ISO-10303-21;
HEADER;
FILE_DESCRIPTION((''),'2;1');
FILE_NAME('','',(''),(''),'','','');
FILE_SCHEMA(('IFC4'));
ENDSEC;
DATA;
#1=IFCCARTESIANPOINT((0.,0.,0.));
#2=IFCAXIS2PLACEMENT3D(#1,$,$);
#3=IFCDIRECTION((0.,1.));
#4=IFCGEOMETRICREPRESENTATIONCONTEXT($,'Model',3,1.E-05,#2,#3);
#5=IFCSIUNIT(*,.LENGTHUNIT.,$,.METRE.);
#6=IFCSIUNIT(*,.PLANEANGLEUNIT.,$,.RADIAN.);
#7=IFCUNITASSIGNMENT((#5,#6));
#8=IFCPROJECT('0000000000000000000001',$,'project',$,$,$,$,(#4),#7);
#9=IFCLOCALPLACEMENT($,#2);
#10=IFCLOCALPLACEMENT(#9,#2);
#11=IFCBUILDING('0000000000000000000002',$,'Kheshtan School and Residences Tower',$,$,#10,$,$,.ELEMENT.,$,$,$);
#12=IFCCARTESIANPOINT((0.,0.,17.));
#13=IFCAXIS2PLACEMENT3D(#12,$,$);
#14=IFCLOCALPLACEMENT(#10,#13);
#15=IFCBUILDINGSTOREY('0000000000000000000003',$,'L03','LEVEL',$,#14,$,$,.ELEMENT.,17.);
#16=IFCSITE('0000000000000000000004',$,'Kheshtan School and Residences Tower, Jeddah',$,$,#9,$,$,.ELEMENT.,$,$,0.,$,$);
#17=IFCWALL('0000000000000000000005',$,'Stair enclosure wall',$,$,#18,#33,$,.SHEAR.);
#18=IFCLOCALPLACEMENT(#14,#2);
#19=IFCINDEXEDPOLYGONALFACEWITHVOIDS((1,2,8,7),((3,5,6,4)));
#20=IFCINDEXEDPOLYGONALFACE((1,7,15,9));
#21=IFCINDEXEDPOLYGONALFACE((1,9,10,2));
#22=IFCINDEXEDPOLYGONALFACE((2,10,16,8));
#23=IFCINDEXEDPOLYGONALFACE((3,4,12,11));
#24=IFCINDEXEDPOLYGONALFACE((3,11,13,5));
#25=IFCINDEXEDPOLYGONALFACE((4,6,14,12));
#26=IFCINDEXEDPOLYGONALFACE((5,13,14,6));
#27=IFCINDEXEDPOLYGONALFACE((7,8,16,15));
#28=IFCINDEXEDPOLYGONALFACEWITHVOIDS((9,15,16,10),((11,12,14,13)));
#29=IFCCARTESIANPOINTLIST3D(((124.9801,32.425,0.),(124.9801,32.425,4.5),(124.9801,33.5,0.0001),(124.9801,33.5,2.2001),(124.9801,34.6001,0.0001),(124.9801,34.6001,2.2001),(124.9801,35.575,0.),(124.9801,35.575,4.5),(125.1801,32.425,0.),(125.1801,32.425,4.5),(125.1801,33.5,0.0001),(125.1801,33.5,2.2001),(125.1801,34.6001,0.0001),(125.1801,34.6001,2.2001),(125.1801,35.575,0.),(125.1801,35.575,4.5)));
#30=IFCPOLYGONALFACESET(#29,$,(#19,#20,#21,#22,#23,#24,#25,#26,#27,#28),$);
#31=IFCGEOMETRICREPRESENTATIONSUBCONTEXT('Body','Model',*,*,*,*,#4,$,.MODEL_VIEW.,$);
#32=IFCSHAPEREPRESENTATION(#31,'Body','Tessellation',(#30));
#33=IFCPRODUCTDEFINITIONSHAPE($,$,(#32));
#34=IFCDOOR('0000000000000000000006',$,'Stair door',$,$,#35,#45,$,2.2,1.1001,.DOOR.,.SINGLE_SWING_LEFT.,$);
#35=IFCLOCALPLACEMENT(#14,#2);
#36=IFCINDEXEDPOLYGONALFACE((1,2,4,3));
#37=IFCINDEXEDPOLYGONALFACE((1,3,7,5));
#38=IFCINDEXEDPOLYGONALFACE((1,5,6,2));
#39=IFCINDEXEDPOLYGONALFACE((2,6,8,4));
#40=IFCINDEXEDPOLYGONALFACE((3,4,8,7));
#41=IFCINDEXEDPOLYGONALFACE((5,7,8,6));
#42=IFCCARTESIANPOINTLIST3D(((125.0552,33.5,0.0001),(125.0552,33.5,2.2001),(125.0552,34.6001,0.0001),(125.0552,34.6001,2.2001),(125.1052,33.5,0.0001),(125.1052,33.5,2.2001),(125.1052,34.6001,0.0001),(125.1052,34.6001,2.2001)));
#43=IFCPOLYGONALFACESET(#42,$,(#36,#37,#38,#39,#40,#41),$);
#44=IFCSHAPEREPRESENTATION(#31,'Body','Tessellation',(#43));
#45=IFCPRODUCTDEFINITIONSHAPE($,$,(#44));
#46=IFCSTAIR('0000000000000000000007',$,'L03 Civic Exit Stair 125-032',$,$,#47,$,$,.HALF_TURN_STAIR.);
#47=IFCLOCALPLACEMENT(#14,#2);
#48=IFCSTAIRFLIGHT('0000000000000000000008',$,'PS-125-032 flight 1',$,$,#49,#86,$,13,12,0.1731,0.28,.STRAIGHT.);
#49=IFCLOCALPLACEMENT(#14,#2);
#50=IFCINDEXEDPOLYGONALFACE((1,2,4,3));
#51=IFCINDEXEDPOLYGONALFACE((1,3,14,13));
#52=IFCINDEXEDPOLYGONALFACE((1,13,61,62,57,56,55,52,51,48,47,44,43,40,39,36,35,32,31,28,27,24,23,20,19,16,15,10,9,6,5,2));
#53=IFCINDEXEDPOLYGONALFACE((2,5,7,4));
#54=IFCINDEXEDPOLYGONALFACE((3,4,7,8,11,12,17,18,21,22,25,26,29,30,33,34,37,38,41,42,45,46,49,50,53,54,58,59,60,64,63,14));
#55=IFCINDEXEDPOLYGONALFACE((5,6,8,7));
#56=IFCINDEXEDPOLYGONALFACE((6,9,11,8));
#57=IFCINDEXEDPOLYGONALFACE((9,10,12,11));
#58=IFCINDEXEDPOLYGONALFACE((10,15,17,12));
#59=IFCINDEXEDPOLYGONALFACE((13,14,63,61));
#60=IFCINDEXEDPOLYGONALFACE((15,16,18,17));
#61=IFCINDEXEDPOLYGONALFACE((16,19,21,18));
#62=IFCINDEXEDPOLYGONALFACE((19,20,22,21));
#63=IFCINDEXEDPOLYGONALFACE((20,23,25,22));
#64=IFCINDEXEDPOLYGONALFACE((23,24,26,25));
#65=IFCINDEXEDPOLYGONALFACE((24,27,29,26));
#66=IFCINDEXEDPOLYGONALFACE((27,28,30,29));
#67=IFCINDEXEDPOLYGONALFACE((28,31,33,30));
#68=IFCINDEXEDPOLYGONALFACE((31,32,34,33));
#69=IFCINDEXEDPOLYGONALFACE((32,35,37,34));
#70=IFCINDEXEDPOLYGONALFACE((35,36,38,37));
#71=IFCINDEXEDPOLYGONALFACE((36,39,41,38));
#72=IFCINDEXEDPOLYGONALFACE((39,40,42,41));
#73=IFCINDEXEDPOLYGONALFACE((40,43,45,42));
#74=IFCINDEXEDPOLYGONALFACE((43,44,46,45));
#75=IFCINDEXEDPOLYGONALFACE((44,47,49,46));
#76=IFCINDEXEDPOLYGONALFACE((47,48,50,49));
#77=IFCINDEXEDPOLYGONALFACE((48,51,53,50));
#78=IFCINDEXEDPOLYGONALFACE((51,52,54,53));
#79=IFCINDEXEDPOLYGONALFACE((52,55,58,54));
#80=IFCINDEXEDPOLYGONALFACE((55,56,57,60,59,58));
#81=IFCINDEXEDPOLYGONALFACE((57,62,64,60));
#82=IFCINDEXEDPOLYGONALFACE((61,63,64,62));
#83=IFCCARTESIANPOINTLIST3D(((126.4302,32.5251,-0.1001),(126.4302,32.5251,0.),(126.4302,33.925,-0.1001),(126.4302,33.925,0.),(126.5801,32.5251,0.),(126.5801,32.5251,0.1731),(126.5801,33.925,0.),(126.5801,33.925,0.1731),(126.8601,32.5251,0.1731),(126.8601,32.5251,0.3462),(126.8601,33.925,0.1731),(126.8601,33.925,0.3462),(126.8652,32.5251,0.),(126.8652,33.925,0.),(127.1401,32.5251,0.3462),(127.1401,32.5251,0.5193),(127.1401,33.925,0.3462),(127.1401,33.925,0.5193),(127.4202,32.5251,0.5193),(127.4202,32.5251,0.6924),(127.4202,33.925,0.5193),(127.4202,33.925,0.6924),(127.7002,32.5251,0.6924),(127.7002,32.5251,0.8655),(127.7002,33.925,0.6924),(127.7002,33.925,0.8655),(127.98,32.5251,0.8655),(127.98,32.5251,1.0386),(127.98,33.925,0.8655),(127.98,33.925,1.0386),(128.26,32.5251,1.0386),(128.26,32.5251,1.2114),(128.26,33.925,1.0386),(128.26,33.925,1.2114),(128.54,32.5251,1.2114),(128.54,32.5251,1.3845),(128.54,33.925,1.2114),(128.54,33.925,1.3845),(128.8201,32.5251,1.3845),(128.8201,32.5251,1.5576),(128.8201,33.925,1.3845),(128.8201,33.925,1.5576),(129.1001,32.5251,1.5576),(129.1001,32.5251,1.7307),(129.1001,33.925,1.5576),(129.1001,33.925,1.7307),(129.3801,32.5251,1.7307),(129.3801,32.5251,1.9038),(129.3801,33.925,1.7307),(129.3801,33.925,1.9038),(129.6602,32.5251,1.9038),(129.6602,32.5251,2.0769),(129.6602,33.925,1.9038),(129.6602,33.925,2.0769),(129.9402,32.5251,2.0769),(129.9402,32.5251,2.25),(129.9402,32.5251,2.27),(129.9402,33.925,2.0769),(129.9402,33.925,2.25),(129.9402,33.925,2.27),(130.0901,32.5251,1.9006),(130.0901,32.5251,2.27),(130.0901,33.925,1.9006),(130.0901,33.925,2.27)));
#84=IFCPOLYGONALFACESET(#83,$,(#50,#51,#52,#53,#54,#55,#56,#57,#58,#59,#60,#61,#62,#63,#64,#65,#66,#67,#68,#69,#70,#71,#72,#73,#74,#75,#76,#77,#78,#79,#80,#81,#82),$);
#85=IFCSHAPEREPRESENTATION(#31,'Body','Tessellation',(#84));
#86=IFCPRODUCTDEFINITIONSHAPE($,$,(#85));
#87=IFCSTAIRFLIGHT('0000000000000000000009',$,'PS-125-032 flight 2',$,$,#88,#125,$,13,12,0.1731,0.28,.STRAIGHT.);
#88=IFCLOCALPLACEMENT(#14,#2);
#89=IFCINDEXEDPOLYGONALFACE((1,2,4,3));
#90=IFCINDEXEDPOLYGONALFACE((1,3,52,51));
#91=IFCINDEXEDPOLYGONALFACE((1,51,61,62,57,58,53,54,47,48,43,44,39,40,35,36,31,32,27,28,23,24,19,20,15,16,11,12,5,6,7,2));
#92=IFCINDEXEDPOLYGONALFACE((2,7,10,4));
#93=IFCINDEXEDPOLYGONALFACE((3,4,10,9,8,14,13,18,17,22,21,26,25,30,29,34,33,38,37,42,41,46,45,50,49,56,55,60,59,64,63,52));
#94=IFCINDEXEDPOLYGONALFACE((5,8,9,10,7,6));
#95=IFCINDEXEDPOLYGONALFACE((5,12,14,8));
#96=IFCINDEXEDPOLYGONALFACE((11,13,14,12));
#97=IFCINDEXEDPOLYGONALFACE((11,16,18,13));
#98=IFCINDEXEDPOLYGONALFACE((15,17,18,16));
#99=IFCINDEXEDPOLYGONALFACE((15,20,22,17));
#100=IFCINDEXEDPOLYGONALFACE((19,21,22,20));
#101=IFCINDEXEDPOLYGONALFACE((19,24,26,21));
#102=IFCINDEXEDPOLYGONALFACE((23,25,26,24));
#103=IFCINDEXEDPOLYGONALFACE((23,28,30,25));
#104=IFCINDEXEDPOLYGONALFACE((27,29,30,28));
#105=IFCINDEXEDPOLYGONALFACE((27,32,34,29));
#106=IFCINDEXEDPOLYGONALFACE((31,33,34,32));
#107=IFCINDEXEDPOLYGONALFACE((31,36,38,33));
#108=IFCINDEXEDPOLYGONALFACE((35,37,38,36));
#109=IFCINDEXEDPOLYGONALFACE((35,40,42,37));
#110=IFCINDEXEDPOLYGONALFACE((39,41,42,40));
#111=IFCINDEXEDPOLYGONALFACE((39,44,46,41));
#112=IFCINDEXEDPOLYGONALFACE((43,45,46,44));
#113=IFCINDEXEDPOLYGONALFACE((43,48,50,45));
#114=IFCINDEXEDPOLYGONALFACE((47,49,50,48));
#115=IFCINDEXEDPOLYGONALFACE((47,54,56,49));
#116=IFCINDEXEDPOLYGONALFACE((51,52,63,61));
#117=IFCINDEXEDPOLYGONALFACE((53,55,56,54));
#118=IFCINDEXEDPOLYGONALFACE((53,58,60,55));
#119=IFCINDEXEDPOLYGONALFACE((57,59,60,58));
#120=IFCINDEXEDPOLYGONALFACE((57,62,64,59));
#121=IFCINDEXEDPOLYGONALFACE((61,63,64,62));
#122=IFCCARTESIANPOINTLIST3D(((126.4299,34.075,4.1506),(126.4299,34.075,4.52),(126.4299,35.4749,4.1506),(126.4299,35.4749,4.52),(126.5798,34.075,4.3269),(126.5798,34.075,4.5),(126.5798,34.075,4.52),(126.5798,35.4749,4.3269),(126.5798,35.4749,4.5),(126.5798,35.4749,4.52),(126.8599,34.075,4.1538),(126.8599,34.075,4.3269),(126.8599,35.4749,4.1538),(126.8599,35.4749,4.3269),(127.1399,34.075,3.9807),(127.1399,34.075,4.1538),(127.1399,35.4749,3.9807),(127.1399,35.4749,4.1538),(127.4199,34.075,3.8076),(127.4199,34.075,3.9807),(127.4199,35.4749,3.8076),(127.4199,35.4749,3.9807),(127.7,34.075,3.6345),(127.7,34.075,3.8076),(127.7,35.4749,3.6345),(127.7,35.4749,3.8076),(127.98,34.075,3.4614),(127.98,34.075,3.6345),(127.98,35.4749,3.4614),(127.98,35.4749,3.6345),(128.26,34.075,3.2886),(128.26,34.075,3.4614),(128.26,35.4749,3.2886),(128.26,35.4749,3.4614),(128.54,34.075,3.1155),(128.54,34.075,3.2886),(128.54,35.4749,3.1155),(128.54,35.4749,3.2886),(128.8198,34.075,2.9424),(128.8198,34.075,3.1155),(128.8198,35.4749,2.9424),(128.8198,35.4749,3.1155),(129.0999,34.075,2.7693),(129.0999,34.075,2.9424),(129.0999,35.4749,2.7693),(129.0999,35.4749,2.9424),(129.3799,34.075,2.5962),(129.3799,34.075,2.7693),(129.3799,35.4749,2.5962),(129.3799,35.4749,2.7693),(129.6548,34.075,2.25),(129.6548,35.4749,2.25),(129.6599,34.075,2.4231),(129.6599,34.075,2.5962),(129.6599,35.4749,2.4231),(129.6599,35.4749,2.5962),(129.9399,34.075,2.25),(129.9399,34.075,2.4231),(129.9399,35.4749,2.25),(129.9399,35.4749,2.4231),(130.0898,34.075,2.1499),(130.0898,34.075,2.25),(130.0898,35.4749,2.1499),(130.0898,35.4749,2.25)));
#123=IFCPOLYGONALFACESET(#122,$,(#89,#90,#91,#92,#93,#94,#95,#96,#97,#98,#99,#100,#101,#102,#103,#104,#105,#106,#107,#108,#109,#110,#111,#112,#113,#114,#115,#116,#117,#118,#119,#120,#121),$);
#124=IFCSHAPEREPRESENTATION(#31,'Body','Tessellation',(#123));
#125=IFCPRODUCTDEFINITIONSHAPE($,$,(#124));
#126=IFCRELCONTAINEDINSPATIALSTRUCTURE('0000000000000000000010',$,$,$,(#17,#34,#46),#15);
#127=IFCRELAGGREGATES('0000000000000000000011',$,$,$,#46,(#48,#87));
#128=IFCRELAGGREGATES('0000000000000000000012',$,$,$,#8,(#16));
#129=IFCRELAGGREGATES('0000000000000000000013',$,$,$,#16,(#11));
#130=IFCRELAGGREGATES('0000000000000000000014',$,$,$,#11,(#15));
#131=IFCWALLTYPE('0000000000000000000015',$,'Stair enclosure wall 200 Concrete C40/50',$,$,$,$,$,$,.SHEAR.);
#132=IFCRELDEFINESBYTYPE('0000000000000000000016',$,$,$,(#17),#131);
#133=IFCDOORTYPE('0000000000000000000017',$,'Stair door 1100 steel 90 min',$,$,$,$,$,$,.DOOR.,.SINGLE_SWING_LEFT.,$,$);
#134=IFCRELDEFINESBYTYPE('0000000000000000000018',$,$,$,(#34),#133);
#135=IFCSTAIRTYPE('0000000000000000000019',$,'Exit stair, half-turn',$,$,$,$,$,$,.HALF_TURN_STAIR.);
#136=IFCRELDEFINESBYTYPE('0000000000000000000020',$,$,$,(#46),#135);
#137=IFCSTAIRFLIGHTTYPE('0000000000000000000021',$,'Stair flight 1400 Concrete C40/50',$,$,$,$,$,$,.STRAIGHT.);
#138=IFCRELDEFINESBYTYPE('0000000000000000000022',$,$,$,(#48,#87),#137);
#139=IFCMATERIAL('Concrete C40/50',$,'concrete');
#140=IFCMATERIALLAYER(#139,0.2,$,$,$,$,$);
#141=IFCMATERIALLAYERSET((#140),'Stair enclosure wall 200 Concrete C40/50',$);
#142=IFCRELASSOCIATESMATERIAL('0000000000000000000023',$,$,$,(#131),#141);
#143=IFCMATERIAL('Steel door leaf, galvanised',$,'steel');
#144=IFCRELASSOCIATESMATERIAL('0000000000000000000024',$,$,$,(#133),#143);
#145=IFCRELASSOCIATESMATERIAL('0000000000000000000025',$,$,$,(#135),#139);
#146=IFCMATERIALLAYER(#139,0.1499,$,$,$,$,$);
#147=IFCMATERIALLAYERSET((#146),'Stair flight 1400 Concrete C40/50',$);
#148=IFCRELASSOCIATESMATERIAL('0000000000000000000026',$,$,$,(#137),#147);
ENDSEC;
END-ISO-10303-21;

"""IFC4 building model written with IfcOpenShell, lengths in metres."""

from ifc_helpers import new_model, si_unit, direction, frame, frame_2d, origin, place, context, subcontext, project, spatial, polyline, rectangle, outline, extrude, source, transform, mapped, material, layer, layer_set, type_object, element, fill, aggregate, save


model = new_model("IFC4")

# Units and contexts
model_context = context("Model", 3, precision=1e-05, world=origin(), true_north=direction((0.0, 1.0)))
body_context = subcontext(model_context, "Body", "Model", "MODEL_VIEW")
ifc_project = project(units=[si_unit("LENGTHUNIT", "METRE"), si_unit("PLANEANGLEUNIT", "RADIAN")], contexts=[model_context])

# Site, building, storey
site_placement = place(None, origin())
site = spatial("IfcSite", under=ifc_project, at=site_placement, Name="Kheshtan School and Residences Tower, Jeddah", CompositionType="ELEMENT", RefElevation=0.0)
building_placement = place(site_placement, origin())
building = spatial("IfcBuilding", under=site, at=building_placement, Name="Kheshtan School and Residences Tower", CompositionType="ELEMENT")
storey_placement = place(building_placement, frame((0.0, 0.0, 17.0)))
storey = spatial("IfcBuildingStorey", under=building, at=storey_placement, Name="L03", Description="LEVEL", CompositionType="ELEMENT", Elevation=17.0)

# Shared definitions
ifc_material_1 = material(Name="Concrete C40/50", Category="concrete")
ifc_layer_1 = layer(ifc_material_1, 0.2)
ifc_layer_set_1 = layer_set([ifc_layer_1], Name="Stair enclosure wall 200 Concrete C40/50")
wall_type_1 = type_object("IfcWallType", Name="Stair enclosure wall 200 Concrete C40/50", PredefinedType="SHEAR", material=ifc_layer_set_1)

# Wall, opening, door
wall_1_placement = place(storey_placement, frame((125.0801, 32.425, 0.0), z_axis=(0.0, 0.0, 1.0), x_axis=(0.0, 1.0, 0.0)))
wall_1 = element("IfcWall", 1, at=wall_1_placement, inside=storey, type_object=wall_type_1, Name="Stair enclosure wall", PredefinedType="SHEAR", context=body_context, shape_type="SweptSolid", body=[
    extrude(rectangle(XDim=3.1499, YDim=0.2, at=frame_2d((1.575, 0.0))), origin(), (0.0, 0.0, 1.0), 4.5),
])
opening_placement = place(wall_1_placement, frame((1.075, 0.0, 0.0)))
opening = element("IfcOpeningElement", 2, at=opening_placement, cuts=wall_1, PredefinedType="OPENING", context=body_context, shape_type="SweptSolid", body=[
    extrude(rectangle(XDim=1.1001, YDim=2.2, at=frame_2d((0.55, 1.1001))), frame((0.0, 0.1099, 0.0), z_axis=(0.0, -1.0, 0.0), x_axis=(1.0, 0.0, 0.0)), (0.0, 0.0, 1.0), 0.22),
])
ifc_material_2 = material(Name="Steel door leaf, galvanised", Category="steel")
door_type = type_object("IfcDoorType", Name="Stair door 1100 steel 90 min", OperationType="SINGLE_SWING_LEFT", PredefinedType="DOOR", material=ifc_material_2)
shared_shape = source(origin(), body_context, "Body", "SweptSolid", [
    extrude(rectangle(XDim=1.1001, YDim=2.2, at=frame_2d((0.55, 1.1001))), frame((0.0, 0.0249, 0.0), z_axis=(0.0, -1.0, 0.0), x_axis=(1.0, 0.0, 0.0)), (0.0, 0.0, 1.0), 0.05),
])
door_placement = place(opening_placement, origin())
door = element("IfcDoor", 3, at=door_placement, inside=storey, type_object=door_type, Name="Stair door", OperationType="SINGLE_SWING_LEFT", OverallHeight=2.2, OverallWidth=1.1001, PredefinedType="DOOR", context=body_context, shape_type="MappedRepresentation", body=[
    mapped(shared_shape, transform((0.0, 0.0, 0.0), x_axis=(1.0, 0.0, 0.0), y_axis=(0.0, 1.0, 0.0), z_axis=(0.0, 0.0, 1.0), scale=1.0)),
])
fill(opening, door)

# Stair, stair flights
stair_type = type_object("IfcStairType", Name="Exit stair, half-turn", PredefinedType="HALF_TURN_STAIR", material=ifc_material_1)
stair_placement = place(storey_placement, origin())
stair = element("IfcStair", 4, at=stair_placement, inside=storey, type_object=stair_type, Name="L03 Civic Exit Stair 125-032", PredefinedType="HALF_TURN_STAIR")
ifc_layer_2 = layer(ifc_material_1, 0.1499)
ifc_layer_set_2 = layer_set([ifc_layer_2], Name="Stair flight 1400 Concrete C40/50")
stair_flight_type = type_object("IfcStairFlightType", Name="Stair flight 1400 Concrete C40/50", PredefinedType="STRAIGHT", material=ifc_layer_set_2)
stair_flight_1_placement = place(storey_placement, frame((126.5801, 33.2251, 0.0), z_axis=(0.0, 0.0, 1.0), x_axis=(1.0, 0.0, 0.0)))
stair_flight_1 = element("IfcStairFlight", 5, at=stair_flight_1_placement, type_object=stair_flight_type, Name="PS-125-032 flight 1", NumberOfRisers=13, NumberOfTreads=12, PredefinedType="STRAIGHT", RiserHeight=0.1731, TreadLength=0.28, context=body_context, shape_type="SweptSolid", body=[
    extrude(outline(polyline([(-0.1499, -0.1001), (-0.1499, 0.0), (0.0, 0.0), (0.0, 0.1731), (0.28, 0.1731), (0.28, 0.3462), (0.5601, 0.3462), (0.5601, 0.5193), (0.8401, 0.5193), (0.8401, 0.6924), (1.1201, 0.6924), (1.1201, 0.8655), (1.3999, 0.8655), (1.3999, 1.0386), (1.6799, 1.0386), (1.6799, 1.2114), (1.96, 1.2114), (1.96, 1.3845), (2.24, 1.3845), (2.24, 1.5576), (2.52, 1.5576), (2.52, 1.7307), (2.8, 1.7307), (2.8, 1.9038), (3.0801, 1.9038), (3.0801, 2.0769), (3.3601, 2.0769), (3.3601, 2.25), (3.3601, 2.27), (3.51, 2.27), (3.51, 1.9006), (0.2852, 0.0), (-0.1499, -0.1001)])), frame((0.0, 0.7, 0.0), z_axis=(0.0, -1.0, 0.0), x_axis=(1.0, 0.0, 0.0)), (0.0, 0.0, 1.0), 1.3999),
])
stair_flight_2_placement = place(storey_placement, frame((129.9399, 34.7749, 2.25), z_axis=(0.0, 0.0, 1.0), x_axis=(-1.0, 0.0, 0.0)))
stair_flight_2 = element("IfcStairFlight", 6, at=stair_flight_2_placement, type_object=stair_flight_type, Name="PS-125-032 flight 2", NumberOfRisers=13, NumberOfTreads=12, PredefinedType="STRAIGHT", RiserHeight=0.1731, TreadLength=0.28, context=body_context, shape_type="SweptSolid", body=[
    extrude(outline(polyline([(-0.1499, -0.1001), (-0.1499, 0.0), (0.0, 0.0), (0.0, 0.1731), (0.28, 0.1731), (0.28, 0.3462), (0.5601, 0.3462), (0.5601, 0.5193), (0.8401, 0.5193), (0.8401, 0.6924), (1.1201, 0.6924), (1.1201, 0.8655), (1.3999, 0.8655), (1.3999, 1.0386), (1.6799, 1.0386), (1.6799, 1.2114), (1.96, 1.2114), (1.96, 1.3845), (2.24, 1.3845), (2.24, 1.5576), (2.52, 1.5576), (2.52, 1.7307), (2.8, 1.7307), (2.8, 1.9038), (3.0801, 1.9038), (3.0801, 2.0769), (3.3601, 2.0769), (3.3601, 2.25), (3.3601, 2.27), (3.51, 2.27), (3.51, 1.9006), (0.2852, 0.0), (-0.1499, -0.1001)])), frame((0.0, 0.7, 0.0), z_axis=(0.0, -1.0, 0.0), x_axis=(1.0, 0.0, 0.0)), (0.0, 0.0, 1.0), 1.3999),
])
aggregate(stair, [stair_flight_1, stair_flight_2])

save(model, "model.ifc")
